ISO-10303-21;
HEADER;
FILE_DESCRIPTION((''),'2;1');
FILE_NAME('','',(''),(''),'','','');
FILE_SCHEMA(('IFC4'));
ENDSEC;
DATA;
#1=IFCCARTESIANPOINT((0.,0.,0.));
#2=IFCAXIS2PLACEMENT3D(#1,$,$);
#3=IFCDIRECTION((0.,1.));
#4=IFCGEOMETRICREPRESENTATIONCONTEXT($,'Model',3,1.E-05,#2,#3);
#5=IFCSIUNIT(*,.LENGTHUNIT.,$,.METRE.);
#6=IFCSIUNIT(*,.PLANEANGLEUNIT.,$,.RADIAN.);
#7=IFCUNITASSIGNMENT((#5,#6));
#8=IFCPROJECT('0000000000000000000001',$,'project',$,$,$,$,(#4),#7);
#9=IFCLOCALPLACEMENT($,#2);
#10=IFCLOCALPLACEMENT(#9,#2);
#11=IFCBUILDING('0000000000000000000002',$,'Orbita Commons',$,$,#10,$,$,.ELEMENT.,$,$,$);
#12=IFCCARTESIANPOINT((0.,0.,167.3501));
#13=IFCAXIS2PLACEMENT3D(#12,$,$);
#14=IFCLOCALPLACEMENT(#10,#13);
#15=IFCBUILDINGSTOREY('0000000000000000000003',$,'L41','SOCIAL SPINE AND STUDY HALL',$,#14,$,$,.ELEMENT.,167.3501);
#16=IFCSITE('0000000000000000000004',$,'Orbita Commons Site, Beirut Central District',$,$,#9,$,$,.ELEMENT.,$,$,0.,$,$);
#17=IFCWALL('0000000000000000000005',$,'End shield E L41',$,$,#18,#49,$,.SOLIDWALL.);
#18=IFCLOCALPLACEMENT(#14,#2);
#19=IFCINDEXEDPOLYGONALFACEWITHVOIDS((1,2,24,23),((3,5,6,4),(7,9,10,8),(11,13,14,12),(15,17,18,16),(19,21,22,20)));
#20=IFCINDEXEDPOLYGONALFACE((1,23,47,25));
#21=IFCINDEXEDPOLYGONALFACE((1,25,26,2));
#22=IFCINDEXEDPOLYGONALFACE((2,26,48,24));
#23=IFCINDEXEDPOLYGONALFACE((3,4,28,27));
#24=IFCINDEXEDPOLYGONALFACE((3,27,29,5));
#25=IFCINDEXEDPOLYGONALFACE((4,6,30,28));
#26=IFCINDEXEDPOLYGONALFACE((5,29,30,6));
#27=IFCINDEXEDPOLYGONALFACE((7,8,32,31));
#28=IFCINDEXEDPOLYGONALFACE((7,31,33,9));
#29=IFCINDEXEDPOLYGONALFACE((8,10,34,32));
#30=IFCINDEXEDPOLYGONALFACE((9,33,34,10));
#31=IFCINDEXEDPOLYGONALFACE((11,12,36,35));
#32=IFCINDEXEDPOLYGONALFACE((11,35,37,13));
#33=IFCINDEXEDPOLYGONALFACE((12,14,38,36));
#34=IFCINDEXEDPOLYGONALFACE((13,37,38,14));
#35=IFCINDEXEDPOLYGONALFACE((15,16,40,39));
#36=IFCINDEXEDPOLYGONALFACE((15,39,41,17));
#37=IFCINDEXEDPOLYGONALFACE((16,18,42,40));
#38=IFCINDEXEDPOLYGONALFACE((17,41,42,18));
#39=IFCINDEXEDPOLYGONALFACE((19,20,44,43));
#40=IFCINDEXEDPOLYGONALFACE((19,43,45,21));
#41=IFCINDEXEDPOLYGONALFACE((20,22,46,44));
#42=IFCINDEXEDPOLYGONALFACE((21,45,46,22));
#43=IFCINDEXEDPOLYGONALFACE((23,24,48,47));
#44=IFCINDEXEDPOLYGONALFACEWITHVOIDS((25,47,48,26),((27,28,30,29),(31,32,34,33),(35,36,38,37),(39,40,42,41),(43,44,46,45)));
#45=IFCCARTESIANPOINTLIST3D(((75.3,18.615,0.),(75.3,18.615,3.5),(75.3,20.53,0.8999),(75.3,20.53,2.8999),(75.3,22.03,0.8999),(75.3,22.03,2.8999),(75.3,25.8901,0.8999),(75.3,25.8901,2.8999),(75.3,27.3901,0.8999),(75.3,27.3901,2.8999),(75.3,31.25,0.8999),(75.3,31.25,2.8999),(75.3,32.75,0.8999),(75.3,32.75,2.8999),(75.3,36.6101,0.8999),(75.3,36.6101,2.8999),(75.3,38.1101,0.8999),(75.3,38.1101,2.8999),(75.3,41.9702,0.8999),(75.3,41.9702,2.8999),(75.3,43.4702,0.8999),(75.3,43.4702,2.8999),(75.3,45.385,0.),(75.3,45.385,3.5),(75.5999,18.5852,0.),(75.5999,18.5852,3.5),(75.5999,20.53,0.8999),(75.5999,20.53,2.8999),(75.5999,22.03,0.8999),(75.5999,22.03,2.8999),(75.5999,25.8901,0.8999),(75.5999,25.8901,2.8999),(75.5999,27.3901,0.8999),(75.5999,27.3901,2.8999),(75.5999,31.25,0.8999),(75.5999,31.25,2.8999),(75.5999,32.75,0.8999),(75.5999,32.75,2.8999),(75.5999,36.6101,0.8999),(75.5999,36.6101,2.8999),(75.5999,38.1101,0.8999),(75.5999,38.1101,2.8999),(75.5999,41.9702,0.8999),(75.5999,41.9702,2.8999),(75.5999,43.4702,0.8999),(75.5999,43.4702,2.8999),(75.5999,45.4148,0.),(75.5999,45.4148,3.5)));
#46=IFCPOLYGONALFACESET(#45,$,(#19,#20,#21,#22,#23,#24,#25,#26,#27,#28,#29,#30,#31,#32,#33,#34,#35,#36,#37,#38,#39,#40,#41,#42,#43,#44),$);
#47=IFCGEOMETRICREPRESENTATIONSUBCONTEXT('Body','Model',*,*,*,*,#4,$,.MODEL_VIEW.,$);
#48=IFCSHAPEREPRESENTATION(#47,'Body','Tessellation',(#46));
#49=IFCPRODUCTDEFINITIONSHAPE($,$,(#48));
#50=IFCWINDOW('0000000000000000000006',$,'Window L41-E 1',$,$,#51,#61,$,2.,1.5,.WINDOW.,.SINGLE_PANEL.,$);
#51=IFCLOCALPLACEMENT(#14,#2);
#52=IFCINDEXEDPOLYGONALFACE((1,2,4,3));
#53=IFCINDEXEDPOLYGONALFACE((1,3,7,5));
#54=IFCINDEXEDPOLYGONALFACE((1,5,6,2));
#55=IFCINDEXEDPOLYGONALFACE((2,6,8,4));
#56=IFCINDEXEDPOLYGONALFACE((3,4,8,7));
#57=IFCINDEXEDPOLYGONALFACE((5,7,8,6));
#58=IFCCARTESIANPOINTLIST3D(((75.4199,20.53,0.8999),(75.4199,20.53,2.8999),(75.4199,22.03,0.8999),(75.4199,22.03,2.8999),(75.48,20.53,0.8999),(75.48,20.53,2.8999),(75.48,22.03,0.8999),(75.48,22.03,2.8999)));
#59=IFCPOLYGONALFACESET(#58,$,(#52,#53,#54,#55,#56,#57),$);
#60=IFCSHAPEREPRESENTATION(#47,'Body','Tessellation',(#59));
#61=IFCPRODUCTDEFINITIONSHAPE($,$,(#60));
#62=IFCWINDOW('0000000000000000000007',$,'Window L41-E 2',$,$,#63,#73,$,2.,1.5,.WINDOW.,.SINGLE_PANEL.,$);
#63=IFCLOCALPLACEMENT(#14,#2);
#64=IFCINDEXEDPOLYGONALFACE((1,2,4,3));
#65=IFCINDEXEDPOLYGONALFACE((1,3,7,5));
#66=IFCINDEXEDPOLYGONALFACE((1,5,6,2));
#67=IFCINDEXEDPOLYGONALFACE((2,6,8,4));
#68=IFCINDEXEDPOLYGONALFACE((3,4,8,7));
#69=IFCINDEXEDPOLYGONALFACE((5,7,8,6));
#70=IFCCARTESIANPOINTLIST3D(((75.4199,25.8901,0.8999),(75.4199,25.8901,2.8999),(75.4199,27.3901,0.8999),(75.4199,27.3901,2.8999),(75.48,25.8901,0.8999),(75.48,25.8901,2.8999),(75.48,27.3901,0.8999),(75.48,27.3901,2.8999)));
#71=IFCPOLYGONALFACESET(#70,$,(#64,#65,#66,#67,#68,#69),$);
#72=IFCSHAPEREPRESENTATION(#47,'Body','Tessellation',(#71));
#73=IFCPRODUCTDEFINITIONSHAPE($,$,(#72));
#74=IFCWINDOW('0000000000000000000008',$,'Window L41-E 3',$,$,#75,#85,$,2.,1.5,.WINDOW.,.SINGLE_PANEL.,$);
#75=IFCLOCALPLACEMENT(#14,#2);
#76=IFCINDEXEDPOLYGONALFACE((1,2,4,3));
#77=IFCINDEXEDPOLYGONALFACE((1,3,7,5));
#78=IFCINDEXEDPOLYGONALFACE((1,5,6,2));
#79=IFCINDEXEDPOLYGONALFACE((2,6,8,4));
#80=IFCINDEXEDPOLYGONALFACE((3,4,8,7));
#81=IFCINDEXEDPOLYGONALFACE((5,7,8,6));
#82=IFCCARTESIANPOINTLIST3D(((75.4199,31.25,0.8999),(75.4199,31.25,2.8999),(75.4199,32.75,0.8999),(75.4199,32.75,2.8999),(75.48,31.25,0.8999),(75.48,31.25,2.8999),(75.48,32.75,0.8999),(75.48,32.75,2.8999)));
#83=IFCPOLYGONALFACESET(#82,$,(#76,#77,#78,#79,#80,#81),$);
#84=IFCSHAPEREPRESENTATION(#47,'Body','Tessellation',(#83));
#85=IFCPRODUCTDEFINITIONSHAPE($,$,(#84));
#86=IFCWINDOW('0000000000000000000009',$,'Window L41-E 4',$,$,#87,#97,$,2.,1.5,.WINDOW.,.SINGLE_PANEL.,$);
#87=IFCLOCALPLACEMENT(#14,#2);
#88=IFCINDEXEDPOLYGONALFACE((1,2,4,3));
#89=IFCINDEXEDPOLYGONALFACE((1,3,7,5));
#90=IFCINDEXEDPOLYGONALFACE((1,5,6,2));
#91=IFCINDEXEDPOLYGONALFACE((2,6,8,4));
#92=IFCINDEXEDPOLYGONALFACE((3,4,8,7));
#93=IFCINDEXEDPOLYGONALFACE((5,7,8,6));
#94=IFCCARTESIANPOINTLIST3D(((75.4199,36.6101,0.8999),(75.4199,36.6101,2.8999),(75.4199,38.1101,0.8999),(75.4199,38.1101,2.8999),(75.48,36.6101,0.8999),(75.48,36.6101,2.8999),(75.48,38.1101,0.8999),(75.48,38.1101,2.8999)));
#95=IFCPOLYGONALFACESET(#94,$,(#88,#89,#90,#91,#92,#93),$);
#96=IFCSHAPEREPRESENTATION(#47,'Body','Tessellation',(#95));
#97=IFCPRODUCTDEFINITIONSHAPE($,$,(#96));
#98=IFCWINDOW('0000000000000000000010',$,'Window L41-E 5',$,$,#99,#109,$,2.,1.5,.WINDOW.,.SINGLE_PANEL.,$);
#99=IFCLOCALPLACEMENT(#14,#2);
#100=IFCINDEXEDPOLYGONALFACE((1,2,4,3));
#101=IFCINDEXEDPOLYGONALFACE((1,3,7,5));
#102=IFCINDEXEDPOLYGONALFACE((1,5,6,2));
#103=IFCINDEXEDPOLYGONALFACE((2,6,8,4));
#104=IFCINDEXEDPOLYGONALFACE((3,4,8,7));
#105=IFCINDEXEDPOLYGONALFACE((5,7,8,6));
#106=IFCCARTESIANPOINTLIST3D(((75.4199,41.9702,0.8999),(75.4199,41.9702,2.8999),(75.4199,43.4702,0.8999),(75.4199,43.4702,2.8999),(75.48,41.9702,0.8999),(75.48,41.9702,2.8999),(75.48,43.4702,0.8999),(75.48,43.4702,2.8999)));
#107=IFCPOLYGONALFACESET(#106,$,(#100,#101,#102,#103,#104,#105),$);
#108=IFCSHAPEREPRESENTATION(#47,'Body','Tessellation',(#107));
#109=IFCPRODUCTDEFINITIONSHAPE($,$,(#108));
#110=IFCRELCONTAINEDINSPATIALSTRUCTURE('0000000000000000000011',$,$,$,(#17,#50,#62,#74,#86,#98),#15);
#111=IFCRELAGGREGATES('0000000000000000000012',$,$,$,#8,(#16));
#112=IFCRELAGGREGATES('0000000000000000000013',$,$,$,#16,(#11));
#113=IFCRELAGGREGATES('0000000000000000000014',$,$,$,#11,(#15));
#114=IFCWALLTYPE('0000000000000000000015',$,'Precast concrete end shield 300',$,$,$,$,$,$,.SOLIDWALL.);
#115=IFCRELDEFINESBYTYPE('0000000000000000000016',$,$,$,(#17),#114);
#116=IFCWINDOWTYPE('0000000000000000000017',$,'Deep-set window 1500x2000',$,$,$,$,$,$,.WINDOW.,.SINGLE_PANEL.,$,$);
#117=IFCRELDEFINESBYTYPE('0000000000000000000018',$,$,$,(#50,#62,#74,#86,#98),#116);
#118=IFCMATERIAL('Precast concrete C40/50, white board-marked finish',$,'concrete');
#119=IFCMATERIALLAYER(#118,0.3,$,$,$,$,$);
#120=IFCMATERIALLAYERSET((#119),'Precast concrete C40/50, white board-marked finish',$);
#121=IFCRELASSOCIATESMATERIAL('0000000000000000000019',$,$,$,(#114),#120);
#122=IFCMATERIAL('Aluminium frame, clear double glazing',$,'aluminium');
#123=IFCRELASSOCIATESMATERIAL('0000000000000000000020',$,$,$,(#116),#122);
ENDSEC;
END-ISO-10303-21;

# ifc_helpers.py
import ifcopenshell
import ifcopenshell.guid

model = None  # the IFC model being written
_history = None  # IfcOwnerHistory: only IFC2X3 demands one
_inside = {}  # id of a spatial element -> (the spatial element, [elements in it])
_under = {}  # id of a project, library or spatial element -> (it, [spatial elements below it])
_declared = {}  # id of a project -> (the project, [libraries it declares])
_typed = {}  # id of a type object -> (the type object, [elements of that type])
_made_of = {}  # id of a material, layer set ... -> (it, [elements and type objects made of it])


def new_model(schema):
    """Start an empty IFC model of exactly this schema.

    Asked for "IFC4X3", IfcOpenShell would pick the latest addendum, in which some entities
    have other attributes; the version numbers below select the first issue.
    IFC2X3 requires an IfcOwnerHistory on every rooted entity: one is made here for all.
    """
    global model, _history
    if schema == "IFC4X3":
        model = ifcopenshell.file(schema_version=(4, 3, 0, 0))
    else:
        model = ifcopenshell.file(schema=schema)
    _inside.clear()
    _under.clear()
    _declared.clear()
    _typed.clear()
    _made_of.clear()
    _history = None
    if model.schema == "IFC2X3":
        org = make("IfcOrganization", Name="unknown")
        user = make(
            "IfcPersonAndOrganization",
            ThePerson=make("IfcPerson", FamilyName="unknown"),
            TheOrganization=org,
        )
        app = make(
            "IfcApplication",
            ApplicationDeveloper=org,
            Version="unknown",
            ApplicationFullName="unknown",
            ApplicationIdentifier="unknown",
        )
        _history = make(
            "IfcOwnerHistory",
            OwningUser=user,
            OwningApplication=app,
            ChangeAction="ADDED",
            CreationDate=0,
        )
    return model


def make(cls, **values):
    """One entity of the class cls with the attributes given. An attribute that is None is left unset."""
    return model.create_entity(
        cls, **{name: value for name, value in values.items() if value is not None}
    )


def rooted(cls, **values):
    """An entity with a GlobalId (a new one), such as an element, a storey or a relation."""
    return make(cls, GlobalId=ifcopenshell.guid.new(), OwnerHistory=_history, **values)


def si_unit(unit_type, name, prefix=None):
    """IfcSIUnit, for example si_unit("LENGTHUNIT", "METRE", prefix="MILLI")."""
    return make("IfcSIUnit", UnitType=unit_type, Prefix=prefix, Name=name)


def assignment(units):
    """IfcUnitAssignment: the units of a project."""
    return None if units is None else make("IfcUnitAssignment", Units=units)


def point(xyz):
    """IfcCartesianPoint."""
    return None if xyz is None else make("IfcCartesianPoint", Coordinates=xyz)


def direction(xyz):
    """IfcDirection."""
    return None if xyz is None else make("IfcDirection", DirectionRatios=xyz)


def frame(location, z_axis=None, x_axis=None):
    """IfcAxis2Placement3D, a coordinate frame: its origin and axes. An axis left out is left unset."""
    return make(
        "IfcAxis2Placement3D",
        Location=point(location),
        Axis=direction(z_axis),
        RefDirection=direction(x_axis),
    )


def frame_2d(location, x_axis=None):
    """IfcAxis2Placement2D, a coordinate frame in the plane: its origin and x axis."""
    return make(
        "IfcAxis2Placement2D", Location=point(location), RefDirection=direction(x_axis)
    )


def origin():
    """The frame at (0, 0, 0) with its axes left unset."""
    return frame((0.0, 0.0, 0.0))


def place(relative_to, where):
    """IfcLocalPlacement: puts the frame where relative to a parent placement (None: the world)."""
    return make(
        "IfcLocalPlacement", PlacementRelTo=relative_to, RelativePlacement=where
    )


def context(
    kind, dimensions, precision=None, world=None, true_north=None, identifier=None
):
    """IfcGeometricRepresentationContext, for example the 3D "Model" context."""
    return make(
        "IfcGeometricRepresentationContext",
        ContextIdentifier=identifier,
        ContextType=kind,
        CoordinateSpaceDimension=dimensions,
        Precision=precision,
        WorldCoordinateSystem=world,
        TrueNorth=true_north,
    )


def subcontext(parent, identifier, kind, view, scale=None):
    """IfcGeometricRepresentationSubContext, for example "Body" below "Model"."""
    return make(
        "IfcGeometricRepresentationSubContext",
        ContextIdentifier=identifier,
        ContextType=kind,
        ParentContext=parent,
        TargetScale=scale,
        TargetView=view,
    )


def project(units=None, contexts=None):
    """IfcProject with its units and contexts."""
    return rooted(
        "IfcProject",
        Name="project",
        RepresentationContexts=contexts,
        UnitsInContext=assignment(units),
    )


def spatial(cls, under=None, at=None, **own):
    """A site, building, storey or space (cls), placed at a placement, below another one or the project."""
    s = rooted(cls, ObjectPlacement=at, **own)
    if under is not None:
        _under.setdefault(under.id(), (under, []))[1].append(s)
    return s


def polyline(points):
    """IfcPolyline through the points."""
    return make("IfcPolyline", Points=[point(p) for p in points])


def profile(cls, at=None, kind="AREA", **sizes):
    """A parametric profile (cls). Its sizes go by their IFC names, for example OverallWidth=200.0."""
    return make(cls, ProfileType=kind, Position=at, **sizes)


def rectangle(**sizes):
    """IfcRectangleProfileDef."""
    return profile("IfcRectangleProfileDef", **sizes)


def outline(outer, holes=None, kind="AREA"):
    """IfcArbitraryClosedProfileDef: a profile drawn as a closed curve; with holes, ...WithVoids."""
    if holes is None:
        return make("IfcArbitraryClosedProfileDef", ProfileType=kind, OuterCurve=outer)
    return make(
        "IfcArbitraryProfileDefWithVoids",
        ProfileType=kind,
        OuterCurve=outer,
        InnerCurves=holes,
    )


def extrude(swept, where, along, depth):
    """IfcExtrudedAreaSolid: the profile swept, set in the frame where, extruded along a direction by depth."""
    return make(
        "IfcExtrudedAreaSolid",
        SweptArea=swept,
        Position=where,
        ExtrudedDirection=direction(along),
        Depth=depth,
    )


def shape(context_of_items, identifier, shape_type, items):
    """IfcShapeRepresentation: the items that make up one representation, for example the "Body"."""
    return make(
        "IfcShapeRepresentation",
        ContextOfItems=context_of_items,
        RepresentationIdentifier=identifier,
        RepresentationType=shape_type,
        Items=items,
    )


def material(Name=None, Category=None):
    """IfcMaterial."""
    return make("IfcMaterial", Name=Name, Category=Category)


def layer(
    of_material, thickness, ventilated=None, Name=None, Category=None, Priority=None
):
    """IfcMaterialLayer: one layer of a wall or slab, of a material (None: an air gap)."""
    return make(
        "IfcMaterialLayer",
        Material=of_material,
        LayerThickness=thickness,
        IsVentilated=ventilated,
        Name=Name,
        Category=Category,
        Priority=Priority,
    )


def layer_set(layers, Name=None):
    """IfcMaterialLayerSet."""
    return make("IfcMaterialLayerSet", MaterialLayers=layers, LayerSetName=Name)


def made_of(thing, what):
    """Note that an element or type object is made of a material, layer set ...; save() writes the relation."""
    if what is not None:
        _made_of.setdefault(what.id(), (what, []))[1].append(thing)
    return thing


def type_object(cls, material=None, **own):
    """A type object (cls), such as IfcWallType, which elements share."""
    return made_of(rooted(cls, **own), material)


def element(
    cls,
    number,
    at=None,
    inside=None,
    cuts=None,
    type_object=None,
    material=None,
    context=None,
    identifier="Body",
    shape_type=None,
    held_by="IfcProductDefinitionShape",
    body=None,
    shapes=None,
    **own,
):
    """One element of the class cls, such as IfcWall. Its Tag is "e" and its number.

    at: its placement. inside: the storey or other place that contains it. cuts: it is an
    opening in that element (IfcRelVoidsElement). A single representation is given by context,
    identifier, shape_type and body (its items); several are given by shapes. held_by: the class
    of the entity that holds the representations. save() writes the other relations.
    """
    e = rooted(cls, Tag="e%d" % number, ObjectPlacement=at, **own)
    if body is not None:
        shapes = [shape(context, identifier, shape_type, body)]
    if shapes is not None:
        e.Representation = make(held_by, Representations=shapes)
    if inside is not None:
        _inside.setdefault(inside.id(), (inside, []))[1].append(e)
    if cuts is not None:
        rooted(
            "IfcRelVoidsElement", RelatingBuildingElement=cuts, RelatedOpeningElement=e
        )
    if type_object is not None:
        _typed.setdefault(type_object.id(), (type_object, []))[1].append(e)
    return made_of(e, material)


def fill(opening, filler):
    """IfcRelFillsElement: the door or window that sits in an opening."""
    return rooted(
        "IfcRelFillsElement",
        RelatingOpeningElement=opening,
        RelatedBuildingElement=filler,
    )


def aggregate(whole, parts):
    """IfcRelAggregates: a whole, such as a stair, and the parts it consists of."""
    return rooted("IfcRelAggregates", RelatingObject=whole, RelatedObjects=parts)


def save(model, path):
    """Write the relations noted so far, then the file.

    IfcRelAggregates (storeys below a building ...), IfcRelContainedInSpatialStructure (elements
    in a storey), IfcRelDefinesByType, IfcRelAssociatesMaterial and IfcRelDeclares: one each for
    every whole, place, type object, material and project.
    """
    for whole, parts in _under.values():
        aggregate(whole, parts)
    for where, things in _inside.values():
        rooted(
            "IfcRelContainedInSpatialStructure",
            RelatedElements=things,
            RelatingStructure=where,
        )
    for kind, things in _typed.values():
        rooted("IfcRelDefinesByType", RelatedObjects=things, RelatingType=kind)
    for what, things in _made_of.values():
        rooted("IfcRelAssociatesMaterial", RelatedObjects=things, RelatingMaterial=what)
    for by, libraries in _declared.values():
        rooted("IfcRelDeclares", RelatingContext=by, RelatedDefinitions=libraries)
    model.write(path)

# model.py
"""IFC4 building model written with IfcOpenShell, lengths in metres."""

from ifc_helpers import new_model, si_unit, direction, frame, frame_2d, origin, place, context, subcontext, project, spatial, polyline, rectangle, outline, extrude, material, layer, layer_set, type_object, element, fill, save


model = new_model("IFC4")

# Units and contexts
model_context = context("Model", 3, precision=1e-05, world=origin(), true_north=direction((0.0, 1.0)))
body_context = subcontext(model_context, "Body", "Model", "MODEL_VIEW")
ifc_project = project(units=[si_unit("LENGTHUNIT", "METRE"), si_unit("PLANEANGLEUNIT", "RADIAN")], contexts=[model_context])

# Site, building, storey
site_placement = place(None, origin())
site = spatial("IfcSite", under=ifc_project, at=site_placement, Name="Orbita Commons Site, Beirut Central District", CompositionType="ELEMENT", RefElevation=0.0)
building_placement = place(site_placement, origin())
building = spatial("IfcBuilding", under=site, at=building_placement, Name="Orbita Commons", CompositionType="ELEMENT")
storey_placement = place(building_placement, frame((0.0, 0.0, 167.3501)))
storey = spatial("IfcBuildingStorey", under=building, at=storey_placement, Name="L41", Description="SOCIAL SPINE AND STUDY HALL", CompositionType="ELEMENT", Elevation=167.3501)

# Wall, openings, windows
ifc_material_1 = material(Name="Precast concrete C40/50, white board-marked finish", Category="concrete")
ifc_layer_1 = layer(ifc_material_1, 0.3)
ifc_layer_set_1 = layer_set([ifc_layer_1], Name="Precast concrete C40/50, white board-marked finish")
wall_type_1 = type_object("IfcWallType", Name="Precast concrete end shield 300", PredefinedType="SOLIDWALL", material=ifc_layer_set_1)
wall_1_placement = place(storey_placement, frame((75.45, 18.6001, 0.0), z_axis=(0.0, 0.0, 1.0), x_axis=(0.0, 1.0, 0.0)))
wall_1 = element("IfcWall", 1, at=wall_1_placement, inside=storey, type_object=wall_type_1, Name="End shield E L41", PredefinedType="SOLIDWALL", context=body_context, shape_type="SweptSolid", body=[
    extrude(outline(polyline([(-0.0149, -0.1499), (26.8147, -0.1499), (26.7849, 0.1499), (0.0149, 0.1499), (-0.0149, -0.1499)])), origin(), (0.0, 0.0, 1.0), 3.5),
])
opening_1_placement = place(wall_1_placement, frame((1.9299, 0.0, 0.8999)))
opening_1 = element("IfcOpeningElement", 2, at=opening_1_placement, cuts=wall_1, PredefinedType="OPENING", context=body_context, shape_type="SweptSolid", body=[
    extrude(rectangle(XDim=1.5, YDim=2.0, at=frame_2d((0.75, 1.0))), frame((0.0, 0.1599, 0.0), z_axis=(0.0, -1.0, 0.0), x_axis=(1.0, 0.0, 0.0)), (0.0, 0.0, 1.0), 0.3201),
])
opening_2_placement = place(wall_1_placement, frame((7.29, 0.0, 0.8999)))
opening_2 = element("IfcOpeningElement", 3, at=opening_2_placement, cuts=wall_1, PredefinedType="OPENING", context=body_context, shape_type="SweptSolid", body=[
    extrude(rectangle(XDim=1.5, YDim=2.0, at=frame_2d((0.75, 1.0))), frame((0.0, 0.1599, 0.0), z_axis=(0.0, -1.0, 0.0), x_axis=(1.0, 0.0, 0.0)), (0.0, 0.0, 1.0), 0.3201),
])
opening_3_placement = place(wall_1_placement, frame((12.6499, 0.0, 0.8999)))
opening_3 = element("IfcOpeningElement", 4, at=opening_3_placement, cuts=wall_1, PredefinedType="OPENING", context=body_context, shape_type="SweptSolid", body=[
    extrude(rectangle(XDim=1.5, YDim=2.0, at=frame_2d((0.75, 1.0))), frame((0.0, 0.1599, 0.0), z_axis=(0.0, -1.0, 0.0), x_axis=(1.0, 0.0, 0.0)), (0.0, 0.0, 1.0), 0.3201),
])
opening_4_placement = place(wall_1_placement, frame((18.01, 0.0, 0.8999)))
opening_4 = element("IfcOpeningElement", 5, at=opening_4_placement, cuts=wall_1, PredefinedType="OPENING", context=body_context, shape_type="SweptSolid", body=[
    extrude(rectangle(XDim=1.5, YDim=2.0, at=frame_2d((0.75, 1.0))), frame((0.0, 0.1599, 0.0), z_axis=(0.0, -1.0, 0.0), x_axis=(1.0, 0.0, 0.0)), (0.0, 0.0, 1.0), 0.3201),
])
opening_5_placement = place(wall_1_placement, frame((23.3701, 0.0, 0.8999)))
opening_5 = element("IfcOpeningElement", 6, at=opening_5_placement, cuts=wall_1, PredefinedType="OPENING", context=body_context, shape_type="SweptSolid", body=[
    extrude(rectangle(XDim=1.5, YDim=2.0, at=frame_2d((0.75, 1.0))), frame((0.0, 0.1599, 0.0), z_axis=(0.0, -1.0, 0.0), x_axis=(1.0, 0.0, 0.0)), (0.0, 0.0, 1.0), 0.3201),
])
ifc_material_2 = material(Name="Aluminium frame, clear double glazing", Category="aluminium")
window_type = type_object("IfcWindowType", Name="Deep-set window 1500x2000", PartitioningType="SINGLE_PANEL", PredefinedType="WINDOW", material=ifc_material_2)
window_1_placement = place(opening_1_placement, origin())
window_1 = element("IfcWindow", 7, at=window_1_placement, inside=storey, type_object=window_type, Name="Window L41-E 1", OverallHeight=2.0, OverallWidth=1.5, PartitioningType="SINGLE_PANEL", PredefinedType="WINDOW", context=body_context, shape_type="SweptSolid", body=[
    extrude(rectangle(XDim=1.5, YDim=2.0, at=frame_2d((0.75, 1.0))), frame((0.0, 0.03, 0.0), z_axis=(0.0, -1.0, 0.0), x_axis=(1.0, 0.0, 0.0)), (0.0, 0.0, 1.0), 0.0601),
])
fill(opening_1, window_1)
window_2_placement = place(opening_2_placement, origin())
window_2 = element("IfcWindow", 8, at=window_2_placement, inside=storey, type_object=window_type, Name="Window L41-E 2", OverallHeight=2.0, OverallWidth=1.5, PartitioningType="SINGLE_PANEL", PredefinedType="WINDOW", context=body_context, shape_type="SweptSolid", body=[
    extrude(rectangle(XDim=1.5, YDim=2.0, at=frame_2d((0.75, 1.0))), frame((0.0, 0.03, 0.0), z_axis=(0.0, -1.0, 0.0), x_axis=(1.0, 0.0, 0.0)), (0.0, 0.0, 1.0), 0.0601),
])
fill(opening_2, window_2)
window_3_placement = place(opening_3_placement, origin())
window_3 = element("IfcWindow", 9, at=window_3_placement, inside=storey, type_object=window_type, Name="Window L41-E 3", OverallHeight=2.0, OverallWidth=1.5, PartitioningType="SINGLE_PANEL", PredefinedType="WINDOW", context=body_context, shape_type="SweptSolid", body=[
    extrude(rectangle(XDim=1.5, YDim=2.0, at=frame_2d((0.75, 1.0))), frame((0.0, 0.03, 0.0), z_axis=(0.0, -1.0, 0.0), x_axis=(1.0, 0.0, 0.0)), (0.0, 0.0, 1.0), 0.0601),
])
fill(opening_3, window_3)
window_4_placement = place(opening_4_placement, origin())
window_4 = element("IfcWindow", 10, at=window_4_placement, inside=storey, type_object=window_type, Name="Window L41-E 4", OverallHeight=2.0, OverallWidth=1.5, PartitioningType="SINGLE_PANEL", PredefinedType="WINDOW", context=body_context, shape_type="SweptSolid", body=[
    extrude(rectangle(XDim=1.5, YDim=2.0, at=frame_2d((0.75, 1.0))), frame((0.0, 0.03, 0.0), z_axis=(0.0, -1.0, 0.0), x_axis=(1.0, 0.0, 0.0)), (0.0, 0.0, 1.0), 0.0601),
])
fill(opening_4, window_4)
window_5_placement = place(opening_5_placement, origin())
window_5 = element("IfcWindow", 11, at=window_5_placement, inside=storey, type_object=window_type, Name="Window L41-E 5", OverallHeight=2.0, OverallWidth=1.5, PartitioningType="SINGLE_PANEL", PredefinedType="WINDOW", context=body_context, shape_type="SweptSolid", body=[
    extrude(rectangle(XDim=1.5, YDim=2.0, at=frame_2d((0.75, 1.0))), frame((0.0, 0.03, 0.0), z_axis=(0.0, -1.0, 0.0), x_axis=(1.0, 0.0, 0.0)), (0.0, 0.0, 1.0), 0.0601),
])
fill(opening_5, window_5)

save(model, "model.ifc")
